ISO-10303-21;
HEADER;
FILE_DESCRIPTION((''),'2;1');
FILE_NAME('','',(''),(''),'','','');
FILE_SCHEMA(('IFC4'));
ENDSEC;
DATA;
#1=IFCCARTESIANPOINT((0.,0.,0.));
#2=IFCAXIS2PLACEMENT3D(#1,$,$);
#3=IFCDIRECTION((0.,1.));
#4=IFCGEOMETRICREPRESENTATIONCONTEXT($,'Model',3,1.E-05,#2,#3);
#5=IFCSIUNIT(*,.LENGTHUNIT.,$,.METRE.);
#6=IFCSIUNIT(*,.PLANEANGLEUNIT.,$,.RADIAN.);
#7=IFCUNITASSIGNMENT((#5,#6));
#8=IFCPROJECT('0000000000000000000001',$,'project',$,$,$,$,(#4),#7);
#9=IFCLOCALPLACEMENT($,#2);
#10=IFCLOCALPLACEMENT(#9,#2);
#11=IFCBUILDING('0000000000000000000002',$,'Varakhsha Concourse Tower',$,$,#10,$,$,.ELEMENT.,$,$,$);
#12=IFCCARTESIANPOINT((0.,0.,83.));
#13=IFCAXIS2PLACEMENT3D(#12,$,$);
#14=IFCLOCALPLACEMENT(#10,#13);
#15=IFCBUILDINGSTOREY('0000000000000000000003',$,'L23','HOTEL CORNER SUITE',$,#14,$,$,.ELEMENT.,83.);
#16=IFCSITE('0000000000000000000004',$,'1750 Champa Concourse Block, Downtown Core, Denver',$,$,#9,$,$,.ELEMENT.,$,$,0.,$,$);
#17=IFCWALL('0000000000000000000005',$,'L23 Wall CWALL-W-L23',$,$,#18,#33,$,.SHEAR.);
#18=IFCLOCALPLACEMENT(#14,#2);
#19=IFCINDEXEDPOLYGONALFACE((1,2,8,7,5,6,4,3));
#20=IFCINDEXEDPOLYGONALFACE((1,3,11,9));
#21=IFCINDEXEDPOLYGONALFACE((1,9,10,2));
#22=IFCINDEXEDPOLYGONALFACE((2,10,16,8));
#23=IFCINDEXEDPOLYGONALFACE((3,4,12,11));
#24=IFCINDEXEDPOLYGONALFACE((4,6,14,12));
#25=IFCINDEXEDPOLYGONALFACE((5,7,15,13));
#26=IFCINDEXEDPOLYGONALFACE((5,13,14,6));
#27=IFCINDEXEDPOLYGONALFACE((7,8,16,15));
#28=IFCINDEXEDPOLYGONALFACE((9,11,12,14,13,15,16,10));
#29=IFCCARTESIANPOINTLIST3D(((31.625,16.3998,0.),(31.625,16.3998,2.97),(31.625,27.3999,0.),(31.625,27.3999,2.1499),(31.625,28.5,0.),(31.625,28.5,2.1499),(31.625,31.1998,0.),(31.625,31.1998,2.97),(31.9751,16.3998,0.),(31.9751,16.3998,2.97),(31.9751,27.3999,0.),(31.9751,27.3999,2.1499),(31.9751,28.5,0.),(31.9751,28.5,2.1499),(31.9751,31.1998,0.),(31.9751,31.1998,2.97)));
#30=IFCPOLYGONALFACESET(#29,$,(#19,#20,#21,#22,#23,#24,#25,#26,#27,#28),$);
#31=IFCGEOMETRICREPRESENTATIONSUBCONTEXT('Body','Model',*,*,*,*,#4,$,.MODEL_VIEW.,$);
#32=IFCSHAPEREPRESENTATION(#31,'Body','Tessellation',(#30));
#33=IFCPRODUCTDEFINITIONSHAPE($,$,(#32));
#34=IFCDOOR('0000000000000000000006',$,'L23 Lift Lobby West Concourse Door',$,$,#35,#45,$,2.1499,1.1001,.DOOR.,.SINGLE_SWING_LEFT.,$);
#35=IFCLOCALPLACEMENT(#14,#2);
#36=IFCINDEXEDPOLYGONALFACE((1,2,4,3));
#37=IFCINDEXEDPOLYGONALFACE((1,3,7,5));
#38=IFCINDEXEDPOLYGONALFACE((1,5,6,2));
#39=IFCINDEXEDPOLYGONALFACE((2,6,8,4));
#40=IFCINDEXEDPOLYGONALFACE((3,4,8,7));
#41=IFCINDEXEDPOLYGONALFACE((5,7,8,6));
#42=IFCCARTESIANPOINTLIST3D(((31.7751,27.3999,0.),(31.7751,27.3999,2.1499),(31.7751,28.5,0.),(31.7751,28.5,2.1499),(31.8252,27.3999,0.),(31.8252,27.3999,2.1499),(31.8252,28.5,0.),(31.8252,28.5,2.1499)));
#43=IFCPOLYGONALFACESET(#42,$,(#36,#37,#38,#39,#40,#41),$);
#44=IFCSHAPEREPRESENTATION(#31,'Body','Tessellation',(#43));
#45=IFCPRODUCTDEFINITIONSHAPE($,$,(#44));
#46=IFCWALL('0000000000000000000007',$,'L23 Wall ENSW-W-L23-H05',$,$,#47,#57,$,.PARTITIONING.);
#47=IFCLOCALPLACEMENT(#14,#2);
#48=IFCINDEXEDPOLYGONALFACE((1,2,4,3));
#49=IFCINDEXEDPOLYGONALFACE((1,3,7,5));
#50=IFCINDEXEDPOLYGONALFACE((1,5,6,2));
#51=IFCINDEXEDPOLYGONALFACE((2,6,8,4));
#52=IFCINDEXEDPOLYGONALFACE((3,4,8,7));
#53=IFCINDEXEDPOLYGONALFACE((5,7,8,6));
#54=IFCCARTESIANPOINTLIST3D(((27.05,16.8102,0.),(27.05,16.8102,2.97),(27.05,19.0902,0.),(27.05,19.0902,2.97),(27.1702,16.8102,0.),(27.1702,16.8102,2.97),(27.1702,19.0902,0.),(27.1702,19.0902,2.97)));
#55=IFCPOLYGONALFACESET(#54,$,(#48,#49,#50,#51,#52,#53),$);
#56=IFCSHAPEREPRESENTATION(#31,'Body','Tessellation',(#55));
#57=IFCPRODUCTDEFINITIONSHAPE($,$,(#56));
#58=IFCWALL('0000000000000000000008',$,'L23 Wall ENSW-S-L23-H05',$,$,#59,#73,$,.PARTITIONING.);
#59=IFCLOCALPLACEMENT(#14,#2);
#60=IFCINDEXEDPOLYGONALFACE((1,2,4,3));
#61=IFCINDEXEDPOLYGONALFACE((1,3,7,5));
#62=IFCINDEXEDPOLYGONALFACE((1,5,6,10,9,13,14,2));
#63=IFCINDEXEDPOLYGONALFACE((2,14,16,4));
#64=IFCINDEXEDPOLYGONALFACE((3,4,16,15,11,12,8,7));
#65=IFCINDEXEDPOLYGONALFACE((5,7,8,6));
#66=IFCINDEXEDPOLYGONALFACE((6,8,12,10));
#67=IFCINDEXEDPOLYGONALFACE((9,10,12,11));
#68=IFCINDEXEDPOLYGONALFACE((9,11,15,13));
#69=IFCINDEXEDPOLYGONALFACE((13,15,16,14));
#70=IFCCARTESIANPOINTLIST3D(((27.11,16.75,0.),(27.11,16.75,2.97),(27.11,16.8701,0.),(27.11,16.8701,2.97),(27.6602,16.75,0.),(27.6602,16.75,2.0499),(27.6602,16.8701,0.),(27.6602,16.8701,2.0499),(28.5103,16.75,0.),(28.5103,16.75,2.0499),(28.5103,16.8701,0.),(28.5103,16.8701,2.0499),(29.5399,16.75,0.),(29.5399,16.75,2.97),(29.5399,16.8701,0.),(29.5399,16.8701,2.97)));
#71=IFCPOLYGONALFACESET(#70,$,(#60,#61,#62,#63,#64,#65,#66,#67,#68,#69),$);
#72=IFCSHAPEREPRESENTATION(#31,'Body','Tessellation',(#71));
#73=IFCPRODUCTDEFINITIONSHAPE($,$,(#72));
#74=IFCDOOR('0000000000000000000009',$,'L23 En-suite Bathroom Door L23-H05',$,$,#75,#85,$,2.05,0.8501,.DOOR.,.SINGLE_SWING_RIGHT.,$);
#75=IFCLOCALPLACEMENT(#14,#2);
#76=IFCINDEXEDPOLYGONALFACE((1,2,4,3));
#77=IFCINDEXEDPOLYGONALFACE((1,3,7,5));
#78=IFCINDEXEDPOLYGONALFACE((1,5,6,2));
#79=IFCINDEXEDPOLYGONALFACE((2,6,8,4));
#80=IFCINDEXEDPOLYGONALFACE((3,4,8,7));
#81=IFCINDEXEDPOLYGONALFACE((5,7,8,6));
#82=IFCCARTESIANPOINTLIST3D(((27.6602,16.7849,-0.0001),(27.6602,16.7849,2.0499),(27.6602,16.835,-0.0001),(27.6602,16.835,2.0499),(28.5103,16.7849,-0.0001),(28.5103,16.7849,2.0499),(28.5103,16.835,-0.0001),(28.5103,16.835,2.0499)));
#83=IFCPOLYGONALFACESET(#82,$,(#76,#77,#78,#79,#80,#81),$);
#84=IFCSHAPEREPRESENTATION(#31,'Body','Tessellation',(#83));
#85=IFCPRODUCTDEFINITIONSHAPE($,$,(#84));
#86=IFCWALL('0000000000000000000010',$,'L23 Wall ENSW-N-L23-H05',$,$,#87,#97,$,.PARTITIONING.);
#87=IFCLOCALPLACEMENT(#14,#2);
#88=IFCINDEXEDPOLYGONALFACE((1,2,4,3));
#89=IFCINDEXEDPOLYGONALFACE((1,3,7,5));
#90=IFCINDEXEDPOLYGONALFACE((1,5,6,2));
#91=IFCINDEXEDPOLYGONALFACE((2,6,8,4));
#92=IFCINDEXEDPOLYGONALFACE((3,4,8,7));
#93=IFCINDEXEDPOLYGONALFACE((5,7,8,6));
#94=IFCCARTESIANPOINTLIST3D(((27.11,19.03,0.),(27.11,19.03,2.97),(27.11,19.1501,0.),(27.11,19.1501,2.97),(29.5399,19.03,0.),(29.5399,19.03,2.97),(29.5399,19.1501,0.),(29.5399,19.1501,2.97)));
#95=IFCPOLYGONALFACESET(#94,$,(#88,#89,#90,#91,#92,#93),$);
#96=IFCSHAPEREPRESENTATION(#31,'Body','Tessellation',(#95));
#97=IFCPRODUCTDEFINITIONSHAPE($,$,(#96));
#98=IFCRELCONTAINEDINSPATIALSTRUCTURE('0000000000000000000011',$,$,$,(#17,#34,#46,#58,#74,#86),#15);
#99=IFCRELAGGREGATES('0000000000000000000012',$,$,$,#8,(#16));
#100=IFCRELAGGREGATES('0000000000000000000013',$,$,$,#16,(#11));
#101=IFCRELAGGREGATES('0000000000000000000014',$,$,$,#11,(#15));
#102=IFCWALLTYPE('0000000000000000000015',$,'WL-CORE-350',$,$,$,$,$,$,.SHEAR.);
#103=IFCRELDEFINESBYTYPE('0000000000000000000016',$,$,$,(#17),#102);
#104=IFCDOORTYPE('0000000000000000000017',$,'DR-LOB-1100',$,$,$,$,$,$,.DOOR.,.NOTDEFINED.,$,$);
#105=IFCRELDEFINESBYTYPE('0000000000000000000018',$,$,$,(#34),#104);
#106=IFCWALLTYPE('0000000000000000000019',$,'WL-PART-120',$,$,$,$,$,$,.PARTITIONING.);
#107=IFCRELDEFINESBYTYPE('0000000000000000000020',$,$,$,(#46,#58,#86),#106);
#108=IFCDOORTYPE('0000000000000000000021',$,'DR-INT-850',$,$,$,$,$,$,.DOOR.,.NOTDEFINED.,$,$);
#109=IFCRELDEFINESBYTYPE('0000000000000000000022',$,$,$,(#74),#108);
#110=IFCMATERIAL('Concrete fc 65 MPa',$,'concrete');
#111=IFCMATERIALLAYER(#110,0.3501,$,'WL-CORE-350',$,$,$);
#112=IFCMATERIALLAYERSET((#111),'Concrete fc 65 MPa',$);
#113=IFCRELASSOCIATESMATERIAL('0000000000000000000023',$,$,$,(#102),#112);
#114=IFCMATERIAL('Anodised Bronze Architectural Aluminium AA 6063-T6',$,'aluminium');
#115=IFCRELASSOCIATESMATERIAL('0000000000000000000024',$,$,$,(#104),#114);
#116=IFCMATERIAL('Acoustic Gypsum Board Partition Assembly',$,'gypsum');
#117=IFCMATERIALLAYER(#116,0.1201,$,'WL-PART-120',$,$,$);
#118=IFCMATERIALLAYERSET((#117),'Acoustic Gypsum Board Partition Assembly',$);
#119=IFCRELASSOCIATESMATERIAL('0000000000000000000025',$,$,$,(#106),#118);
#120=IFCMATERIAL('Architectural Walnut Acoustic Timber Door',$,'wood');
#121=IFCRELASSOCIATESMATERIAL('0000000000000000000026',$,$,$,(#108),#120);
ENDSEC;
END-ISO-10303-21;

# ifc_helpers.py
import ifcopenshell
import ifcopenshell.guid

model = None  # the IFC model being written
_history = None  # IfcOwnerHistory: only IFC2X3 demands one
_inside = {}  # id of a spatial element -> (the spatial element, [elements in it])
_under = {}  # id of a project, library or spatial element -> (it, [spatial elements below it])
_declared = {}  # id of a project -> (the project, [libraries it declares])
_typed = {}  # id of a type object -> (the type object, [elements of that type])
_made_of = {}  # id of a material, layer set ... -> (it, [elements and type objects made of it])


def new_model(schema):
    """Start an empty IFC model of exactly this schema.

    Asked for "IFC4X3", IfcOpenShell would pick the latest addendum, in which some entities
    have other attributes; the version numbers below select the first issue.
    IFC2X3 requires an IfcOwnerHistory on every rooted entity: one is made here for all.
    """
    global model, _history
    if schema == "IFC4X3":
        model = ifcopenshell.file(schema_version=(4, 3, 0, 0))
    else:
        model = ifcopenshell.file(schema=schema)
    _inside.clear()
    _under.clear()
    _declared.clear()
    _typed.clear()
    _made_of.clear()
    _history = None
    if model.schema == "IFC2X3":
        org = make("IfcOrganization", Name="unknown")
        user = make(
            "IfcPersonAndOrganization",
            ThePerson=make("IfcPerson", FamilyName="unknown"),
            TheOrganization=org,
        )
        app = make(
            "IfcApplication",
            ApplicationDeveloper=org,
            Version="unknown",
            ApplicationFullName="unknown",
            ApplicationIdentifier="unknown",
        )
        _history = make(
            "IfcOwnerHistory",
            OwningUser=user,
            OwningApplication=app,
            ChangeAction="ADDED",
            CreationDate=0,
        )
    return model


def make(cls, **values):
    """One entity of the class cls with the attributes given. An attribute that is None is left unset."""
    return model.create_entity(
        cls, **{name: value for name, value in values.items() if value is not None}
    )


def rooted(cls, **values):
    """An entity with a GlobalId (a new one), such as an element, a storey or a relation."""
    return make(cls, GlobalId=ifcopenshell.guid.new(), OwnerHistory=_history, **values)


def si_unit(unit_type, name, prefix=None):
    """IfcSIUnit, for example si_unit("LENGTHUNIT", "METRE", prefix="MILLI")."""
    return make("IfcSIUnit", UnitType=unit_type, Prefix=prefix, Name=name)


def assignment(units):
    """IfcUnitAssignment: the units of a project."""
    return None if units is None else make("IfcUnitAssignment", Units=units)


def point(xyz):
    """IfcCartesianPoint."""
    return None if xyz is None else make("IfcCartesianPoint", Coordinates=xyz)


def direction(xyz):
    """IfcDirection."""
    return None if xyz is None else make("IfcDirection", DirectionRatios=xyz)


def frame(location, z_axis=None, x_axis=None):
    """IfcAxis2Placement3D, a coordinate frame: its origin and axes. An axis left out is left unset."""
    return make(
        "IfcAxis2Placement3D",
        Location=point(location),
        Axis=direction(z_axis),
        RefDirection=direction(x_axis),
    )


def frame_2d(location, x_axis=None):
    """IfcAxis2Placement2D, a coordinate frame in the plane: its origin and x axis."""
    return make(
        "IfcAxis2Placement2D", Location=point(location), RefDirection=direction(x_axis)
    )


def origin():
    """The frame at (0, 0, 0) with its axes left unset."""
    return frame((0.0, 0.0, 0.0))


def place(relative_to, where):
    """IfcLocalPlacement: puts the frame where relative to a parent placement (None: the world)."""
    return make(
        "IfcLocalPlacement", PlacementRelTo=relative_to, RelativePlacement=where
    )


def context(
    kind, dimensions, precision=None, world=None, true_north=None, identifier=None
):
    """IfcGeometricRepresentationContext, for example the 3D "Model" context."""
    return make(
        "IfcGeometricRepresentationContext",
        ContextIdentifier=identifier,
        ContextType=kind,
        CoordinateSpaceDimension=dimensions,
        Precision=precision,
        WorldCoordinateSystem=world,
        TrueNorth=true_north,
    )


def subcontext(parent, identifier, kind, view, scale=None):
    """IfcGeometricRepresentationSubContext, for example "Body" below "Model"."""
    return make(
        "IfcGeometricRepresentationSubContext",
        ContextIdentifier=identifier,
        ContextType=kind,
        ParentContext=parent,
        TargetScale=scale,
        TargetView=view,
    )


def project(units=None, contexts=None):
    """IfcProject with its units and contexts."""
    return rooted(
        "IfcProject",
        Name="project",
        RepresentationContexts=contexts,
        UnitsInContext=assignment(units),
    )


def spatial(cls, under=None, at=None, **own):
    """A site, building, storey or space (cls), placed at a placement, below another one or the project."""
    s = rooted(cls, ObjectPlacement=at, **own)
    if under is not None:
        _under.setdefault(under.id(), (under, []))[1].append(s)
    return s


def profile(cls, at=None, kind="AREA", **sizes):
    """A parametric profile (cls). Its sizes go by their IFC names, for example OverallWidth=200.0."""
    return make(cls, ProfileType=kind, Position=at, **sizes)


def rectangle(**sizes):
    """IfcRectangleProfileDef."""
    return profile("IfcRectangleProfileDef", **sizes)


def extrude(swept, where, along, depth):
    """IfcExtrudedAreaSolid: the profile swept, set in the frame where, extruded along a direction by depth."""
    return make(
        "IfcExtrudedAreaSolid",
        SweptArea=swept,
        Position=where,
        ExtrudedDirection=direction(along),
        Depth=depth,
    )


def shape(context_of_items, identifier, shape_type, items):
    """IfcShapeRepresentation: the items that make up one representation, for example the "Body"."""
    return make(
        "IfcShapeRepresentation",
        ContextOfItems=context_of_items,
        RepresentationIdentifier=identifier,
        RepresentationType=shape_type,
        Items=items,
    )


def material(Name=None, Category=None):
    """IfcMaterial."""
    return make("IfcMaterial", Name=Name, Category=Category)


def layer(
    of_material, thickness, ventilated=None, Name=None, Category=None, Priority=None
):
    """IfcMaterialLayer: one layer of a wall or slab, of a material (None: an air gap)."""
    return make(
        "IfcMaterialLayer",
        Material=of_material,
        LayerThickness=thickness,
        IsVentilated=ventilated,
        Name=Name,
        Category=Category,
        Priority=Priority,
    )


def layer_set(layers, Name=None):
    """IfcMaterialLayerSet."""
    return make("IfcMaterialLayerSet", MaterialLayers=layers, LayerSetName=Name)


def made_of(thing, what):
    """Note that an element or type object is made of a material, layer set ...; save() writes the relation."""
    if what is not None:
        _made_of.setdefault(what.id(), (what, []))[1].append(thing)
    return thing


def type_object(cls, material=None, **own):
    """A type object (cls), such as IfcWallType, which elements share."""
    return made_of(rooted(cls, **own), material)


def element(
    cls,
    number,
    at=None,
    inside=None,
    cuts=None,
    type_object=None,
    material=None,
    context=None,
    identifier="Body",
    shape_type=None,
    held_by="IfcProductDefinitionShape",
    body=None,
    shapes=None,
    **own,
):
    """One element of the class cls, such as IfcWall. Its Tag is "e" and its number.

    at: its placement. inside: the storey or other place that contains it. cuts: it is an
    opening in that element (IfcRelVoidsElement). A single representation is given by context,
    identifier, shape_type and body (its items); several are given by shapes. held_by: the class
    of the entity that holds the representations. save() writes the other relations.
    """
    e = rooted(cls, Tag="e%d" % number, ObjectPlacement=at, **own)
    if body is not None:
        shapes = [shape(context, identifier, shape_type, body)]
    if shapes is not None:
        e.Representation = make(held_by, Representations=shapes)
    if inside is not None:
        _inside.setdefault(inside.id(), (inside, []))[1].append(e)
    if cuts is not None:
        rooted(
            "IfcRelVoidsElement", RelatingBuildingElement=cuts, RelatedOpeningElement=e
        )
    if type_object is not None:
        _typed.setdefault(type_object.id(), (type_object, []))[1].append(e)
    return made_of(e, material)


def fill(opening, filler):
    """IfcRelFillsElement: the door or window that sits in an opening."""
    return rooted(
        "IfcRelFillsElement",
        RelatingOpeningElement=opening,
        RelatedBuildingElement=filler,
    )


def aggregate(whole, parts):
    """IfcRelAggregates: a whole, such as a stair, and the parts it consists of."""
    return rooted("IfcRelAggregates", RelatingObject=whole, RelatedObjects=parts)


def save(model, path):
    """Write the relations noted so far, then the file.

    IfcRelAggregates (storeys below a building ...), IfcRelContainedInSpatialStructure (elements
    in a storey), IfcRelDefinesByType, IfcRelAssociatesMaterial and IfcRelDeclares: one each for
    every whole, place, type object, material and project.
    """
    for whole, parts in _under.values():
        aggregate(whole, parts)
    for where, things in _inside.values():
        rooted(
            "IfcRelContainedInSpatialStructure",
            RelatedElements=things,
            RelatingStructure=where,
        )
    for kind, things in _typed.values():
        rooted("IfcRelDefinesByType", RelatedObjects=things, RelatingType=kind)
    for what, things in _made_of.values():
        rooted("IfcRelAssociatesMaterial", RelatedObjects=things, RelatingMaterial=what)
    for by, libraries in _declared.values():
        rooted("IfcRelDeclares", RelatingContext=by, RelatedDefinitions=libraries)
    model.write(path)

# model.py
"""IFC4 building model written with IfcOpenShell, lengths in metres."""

from ifc_helpers import new_model, si_unit, direction, frame, frame_2d, origin, place, context, subcontext, project, spatial, rectangle, extrude, material, layer, layer_set, type_object, element, fill, save


model = new_model("IFC4")

# Units and contexts
model_context = context("Model", 3, precision=1e-05, world=origin(), true_north=direction((0.0, 1.0)))
body_context = subcontext(model_context, "Body", "Model", "MODEL_VIEW")
ifc_project = project(units=[si_unit("LENGTHUNIT", "METRE"), si_unit("PLANEANGLEUNIT", "RADIAN")], contexts=[model_context])

# Site, building, storey
site_placement = place(None, origin())
site = spatial("IfcSite", under=ifc_project, at=site_placement, Name="1750 Champa Concourse Block, Downtown Core, Denver", CompositionType="ELEMENT", RefElevation=0.0)
building_placement = place(site_placement, origin())
building = spatial("IfcBuilding", under=site, at=building_placement, Name="Varakhsha Concourse Tower", CompositionType="ELEMENT")
storey_placement = place(building_placement, frame((0.0, 0.0, 83.0)))
storey = spatial("IfcBuildingStorey", under=building, at=storey_placement, Name="L23", Description="HOTEL CORNER SUITE", CompositionType="ELEMENT", Elevation=83.0)

# Shared definitions
ifc_material_1 = material(Name="Concrete fc 65 MPa", Category="concrete")

# Shared definitions
ifc_layer_1 = layer(ifc_material_1, 0.3501, Name="WL-CORE-350")
ifc_layer_set_1 = layer_set([ifc_layer_1], Name="Concrete fc 65 MPa")
wall_type_1 = type_object("IfcWallType", Name="WL-CORE-350", PredefinedType="SHEAR", material=ifc_layer_set_1)

# Wall, opening, door
wall_1_placement = place(storey_placement, frame((31.8, 16.3999, 0.0), z_axis=(0.0, 0.0, 1.0), x_axis=(0.0, 1.0, 0.0)))
wall_1 = element("IfcWall", 1, at=wall_1_placement, inside=storey, type_object=wall_type_1, Name="L23 Wall CWALL-W-L23", PredefinedType="SHEAR", context=body_context, shape_type="SweptSolid", body=[
    extrude(rectangle(XDim=14.8, YDim=0.3501, at=frame_2d((7.3999, 0.0))), origin(), (0.0, 0.0, 1.0), 2.97),
])
opening_1_placement = place(wall_1_placement, frame((11.0, 0.0, 0.0)))
opening_1 = element("IfcOpeningElement", 2, at=opening_1_placement, cuts=wall_1, PredefinedType="OPENING", context=body_context, shape_type="SweptSolid", body=[
    extrude(rectangle(XDim=1.1001, YDim=2.1499, at=frame_2d((0.55, 1.075))), frame((0.0, 0.1851, 0.0), z_axis=(0.0, -1.0, 0.0), x_axis=(1.0, 0.0, 0.0)), (0.0, 0.0, 1.0), 0.3701),
])
ifc_material_2 = material(Name="Anodised Bronze Architectural Aluminium AA 6063-T6", Category="aluminium")
door_type_1 = type_object("IfcDoorType", Name="DR-LOB-1100", OperationType="NOTDEFINED", PredefinedType="DOOR", material=ifc_material_2)
door_1_placement = place(opening_1_placement, origin())
door_1 = element("IfcDoor", 3, at=door_1_placement, inside=storey, type_object=door_type_1, Name="L23 Lift Lobby West Concourse Door", OperationType="SINGLE_SWING_LEFT", OverallHeight=2.1499, OverallWidth=1.1001, PredefinedType="DOOR", context=body_context, shape_type="SweptSolid", body=[
    extrude(rectangle(XDim=1.1001, YDim=2.1499, at=frame_2d((0.55, 1.075))), frame((0.0, 0.0249, 0.0), z_axis=(0.0, -1.0, 0.0), x_axis=(1.0, 0.0, 0.0)), (0.0, 0.0, 1.0), 0.05),
])
fill(opening_1, door_1)

# Wall
ifc_material_3 = material(Name="Acoustic Gypsum Board Partition Assembly", Category="gypsum")
ifc_layer_2 = layer(ifc_material_3, 0.1201, Name="WL-PART-120")
ifc_layer_set_2 = layer_set([ifc_layer_2], Name="Acoustic Gypsum Board Partition Assembly")
wall_type_2 = type_object("IfcWallType", Name="WL-PART-120", PredefinedType="PARTITIONING", material=ifc_layer_set_2)
wall_2_placement = place(storey_placement, frame((27.1101, 16.8101, 0.0), z_axis=(0.0, 0.0, 1.0), x_axis=(0.0, 1.0, 0.0)))
element("IfcWall", 4, at=wall_2_placement, inside=storey, type_object=wall_type_2, Name="L23 Wall ENSW-W-L23-H05", PredefinedType="PARTITIONING", context=body_context, shape_type="SweptSolid", body=[
    extrude(rectangle(XDim=2.28, YDim=0.1201, at=frame_2d((1.1401, 0.0))), origin(), (0.0, 0.0, 1.0), 2.97),
])

# Wall, opening, door
wall_3_placement = place(storey_placement, frame((27.1101, 16.8101, 0.0), z_axis=(0.0, 0.0, 1.0), x_axis=(1.0, 0.0, 0.0)))
wall_3 = element("IfcWall", 5, at=wall_3_placement, inside=storey, type_object=wall_type_2, Name="L23 Wall ENSW-S-L23-H05", PredefinedType="PARTITIONING", context=body_context, shape_type="SweptSolid", body=[
    extrude(rectangle(XDim=2.4299, YDim=0.1201, at=frame_2d((1.2148, 0.0))), origin(), (0.0, 0.0, 1.0), 2.97),
])
opening_2_placement = place(wall_3_placement, frame((0.55, 0.0, 0.0)))
opening_2 = element("IfcOpeningElement", 6, at=opening_2_placement, cuts=wall_3, PredefinedType="OPENING", context=body_context, shape_type="SweptSolid", body=[
    extrude(rectangle(XDim=0.8501, YDim=2.05, at=frame_2d((0.425, 1.0249))), frame((0.0, 0.0701, 0.0), z_axis=(0.0, -1.0, 0.0), x_axis=(1.0, 0.0, 0.0)), (0.0, 0.0, 1.0), 0.1401),
])
ifc_material_4 = material(Name="Architectural Walnut Acoustic Timber Door", Category="wood")
door_type_2 = type_object("IfcDoorType", Name="DR-INT-850", OperationType="NOTDEFINED", PredefinedType="DOOR", material=ifc_material_4)
door_2_placement = place(opening_2_placement, origin())
door_2 = element("IfcDoor", 7, at=door_2_placement, inside=storey, type_object=door_type_2, Name="L23 En-suite Bathroom Door L23-H05", OperationType="SINGLE_SWING_RIGHT", OverallHeight=2.05, OverallWidth=0.8501, PredefinedType="DOOR", context=body_context, shape_type="SweptSolid", body=[
    extrude(rectangle(XDim=0.8501, YDim=2.05, at=frame_2d((0.425, 1.0249))), frame((0.0, 0.0249, 0.0), z_axis=(0.0, -1.0, 0.0), x_axis=(1.0, 0.0, 0.0)), (0.0, 0.0, 1.0), 0.05),
])
fill(opening_2, door_2)

# Wall
wall_4_placement = place(storey_placement, frame((27.1101, 19.0901, 0.0), z_axis=(0.0, 0.0, 1.0), x_axis=(1.0, 0.0, 0.0)))
element("IfcWall", 8, at=wall_4_placement, inside=storey, type_object=wall_type_2, Name="L23 Wall ENSW-N-L23-H05", PredefinedType="PARTITIONING", context=body_context, shape_type="SweptSolid", body=[
    extrude(rectangle(XDim=2.4299, YDim=0.1201, at=frame_2d((1.2148, 0.0))), origin(), (0.0, 0.0, 1.0), 2.97),
])

save(model, "model.ifc")
